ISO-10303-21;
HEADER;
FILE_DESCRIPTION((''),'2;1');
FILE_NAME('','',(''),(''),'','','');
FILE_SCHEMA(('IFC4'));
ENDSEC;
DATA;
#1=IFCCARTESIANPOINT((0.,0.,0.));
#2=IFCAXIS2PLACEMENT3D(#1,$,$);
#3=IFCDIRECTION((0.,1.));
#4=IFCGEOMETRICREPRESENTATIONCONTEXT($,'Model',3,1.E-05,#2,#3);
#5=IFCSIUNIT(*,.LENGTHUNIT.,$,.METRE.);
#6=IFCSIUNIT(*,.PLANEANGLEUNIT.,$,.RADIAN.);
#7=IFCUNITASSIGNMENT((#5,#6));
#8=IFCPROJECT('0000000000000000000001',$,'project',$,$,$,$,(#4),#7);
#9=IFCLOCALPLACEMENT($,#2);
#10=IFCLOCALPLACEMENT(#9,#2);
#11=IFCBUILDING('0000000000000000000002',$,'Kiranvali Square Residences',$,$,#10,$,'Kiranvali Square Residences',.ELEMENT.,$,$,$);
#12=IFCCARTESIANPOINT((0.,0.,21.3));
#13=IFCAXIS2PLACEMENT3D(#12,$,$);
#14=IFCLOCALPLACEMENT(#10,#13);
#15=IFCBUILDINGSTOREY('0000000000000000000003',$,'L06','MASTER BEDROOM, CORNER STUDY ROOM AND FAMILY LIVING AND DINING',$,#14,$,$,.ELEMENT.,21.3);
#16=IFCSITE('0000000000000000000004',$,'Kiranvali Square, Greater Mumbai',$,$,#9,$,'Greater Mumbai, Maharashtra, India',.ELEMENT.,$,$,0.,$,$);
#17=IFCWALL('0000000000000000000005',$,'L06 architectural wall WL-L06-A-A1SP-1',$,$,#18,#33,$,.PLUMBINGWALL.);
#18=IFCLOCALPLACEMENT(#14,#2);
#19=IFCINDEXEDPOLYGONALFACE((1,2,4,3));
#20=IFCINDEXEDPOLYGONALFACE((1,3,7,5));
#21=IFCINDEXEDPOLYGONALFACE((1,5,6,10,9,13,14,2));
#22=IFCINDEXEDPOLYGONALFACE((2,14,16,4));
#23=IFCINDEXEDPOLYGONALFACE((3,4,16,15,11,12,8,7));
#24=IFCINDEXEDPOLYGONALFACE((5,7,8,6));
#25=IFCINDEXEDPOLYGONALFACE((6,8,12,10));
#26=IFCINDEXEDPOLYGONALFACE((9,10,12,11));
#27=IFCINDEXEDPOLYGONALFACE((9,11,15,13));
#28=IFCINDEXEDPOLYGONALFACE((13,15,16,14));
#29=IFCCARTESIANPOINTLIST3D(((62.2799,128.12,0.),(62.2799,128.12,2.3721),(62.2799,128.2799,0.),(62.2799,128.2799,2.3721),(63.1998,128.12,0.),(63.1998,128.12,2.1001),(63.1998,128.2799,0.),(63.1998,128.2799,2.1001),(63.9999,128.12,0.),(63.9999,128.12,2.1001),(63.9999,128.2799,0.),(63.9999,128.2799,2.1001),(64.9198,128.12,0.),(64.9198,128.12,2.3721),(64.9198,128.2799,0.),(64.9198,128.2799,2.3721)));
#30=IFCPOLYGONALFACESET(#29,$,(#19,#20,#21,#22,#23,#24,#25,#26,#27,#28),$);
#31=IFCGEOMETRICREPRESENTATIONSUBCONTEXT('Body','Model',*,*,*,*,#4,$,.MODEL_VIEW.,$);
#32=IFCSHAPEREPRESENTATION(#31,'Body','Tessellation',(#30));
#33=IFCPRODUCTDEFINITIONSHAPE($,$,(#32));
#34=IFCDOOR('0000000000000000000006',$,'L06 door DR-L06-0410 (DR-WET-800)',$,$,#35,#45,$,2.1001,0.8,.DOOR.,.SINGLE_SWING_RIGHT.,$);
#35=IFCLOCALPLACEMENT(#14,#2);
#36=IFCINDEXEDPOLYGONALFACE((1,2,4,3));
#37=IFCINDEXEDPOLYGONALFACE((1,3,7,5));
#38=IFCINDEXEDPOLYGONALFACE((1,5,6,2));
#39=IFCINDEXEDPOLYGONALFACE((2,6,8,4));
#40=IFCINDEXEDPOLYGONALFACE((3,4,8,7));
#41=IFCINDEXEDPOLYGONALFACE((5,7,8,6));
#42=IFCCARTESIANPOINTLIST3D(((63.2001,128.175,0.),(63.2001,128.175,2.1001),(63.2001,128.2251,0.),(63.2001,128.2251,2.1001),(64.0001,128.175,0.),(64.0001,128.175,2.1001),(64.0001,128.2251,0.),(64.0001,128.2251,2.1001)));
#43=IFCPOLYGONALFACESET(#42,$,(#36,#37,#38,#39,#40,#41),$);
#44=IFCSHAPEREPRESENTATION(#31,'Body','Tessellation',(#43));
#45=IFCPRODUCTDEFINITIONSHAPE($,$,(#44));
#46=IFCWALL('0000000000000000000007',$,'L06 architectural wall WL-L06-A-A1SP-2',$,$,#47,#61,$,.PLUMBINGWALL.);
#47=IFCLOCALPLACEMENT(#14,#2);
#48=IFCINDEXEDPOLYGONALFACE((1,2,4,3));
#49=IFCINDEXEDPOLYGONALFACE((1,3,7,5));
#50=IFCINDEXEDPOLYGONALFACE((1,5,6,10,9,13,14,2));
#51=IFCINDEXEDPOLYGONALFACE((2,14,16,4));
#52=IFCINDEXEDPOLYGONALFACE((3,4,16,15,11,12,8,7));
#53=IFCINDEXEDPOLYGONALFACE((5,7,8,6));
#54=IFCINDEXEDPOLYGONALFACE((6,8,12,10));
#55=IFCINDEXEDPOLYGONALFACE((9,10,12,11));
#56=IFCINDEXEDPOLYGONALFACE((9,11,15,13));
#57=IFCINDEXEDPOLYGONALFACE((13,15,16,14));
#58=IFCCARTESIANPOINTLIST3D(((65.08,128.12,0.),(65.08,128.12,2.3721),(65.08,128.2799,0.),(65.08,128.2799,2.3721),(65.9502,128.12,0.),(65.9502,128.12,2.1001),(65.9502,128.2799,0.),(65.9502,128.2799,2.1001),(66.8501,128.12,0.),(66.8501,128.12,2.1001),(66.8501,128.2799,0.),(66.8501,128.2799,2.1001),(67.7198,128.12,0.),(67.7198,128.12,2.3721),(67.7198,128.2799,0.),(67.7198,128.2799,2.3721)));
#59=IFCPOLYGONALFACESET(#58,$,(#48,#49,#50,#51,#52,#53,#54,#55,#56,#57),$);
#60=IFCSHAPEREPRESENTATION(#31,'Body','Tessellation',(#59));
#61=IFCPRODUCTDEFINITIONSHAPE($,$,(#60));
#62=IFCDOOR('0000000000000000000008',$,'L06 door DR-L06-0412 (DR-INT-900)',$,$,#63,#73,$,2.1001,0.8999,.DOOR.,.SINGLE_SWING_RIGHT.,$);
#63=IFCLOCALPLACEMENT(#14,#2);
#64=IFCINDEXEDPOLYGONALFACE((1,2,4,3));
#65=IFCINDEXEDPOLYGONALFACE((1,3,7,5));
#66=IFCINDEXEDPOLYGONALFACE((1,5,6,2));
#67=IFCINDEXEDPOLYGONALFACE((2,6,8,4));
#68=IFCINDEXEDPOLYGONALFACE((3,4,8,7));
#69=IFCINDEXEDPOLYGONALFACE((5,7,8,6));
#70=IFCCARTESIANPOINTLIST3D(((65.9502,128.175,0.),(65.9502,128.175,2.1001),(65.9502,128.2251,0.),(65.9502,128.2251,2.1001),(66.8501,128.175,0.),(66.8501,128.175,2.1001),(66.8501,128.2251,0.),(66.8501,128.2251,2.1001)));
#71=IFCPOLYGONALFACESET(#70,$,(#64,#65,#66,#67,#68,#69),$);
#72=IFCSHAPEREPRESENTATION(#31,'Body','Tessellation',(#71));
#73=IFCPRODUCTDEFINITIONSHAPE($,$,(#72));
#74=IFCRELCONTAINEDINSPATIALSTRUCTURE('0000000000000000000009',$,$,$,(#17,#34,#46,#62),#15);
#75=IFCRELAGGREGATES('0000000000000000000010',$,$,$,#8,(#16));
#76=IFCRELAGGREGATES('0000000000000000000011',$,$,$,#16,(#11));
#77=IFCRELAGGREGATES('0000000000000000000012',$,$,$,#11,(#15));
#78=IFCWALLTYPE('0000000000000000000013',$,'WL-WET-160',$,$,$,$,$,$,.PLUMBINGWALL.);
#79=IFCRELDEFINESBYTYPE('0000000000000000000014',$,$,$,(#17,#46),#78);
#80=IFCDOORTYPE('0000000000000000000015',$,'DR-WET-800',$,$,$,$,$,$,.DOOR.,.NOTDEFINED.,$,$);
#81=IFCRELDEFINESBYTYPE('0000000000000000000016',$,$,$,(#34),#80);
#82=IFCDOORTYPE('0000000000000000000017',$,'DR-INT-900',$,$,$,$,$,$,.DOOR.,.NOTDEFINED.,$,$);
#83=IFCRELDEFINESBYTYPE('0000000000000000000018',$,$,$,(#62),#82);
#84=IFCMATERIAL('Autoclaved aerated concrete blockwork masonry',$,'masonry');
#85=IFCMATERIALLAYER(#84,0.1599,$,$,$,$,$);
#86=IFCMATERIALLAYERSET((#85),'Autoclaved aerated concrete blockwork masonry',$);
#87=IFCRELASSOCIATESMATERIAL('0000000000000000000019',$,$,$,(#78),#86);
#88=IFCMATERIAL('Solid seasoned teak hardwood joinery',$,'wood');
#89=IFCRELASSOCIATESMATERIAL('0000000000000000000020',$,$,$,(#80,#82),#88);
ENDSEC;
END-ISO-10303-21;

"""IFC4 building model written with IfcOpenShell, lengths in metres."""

from ifc_helpers import new_model, si_unit, direction, frame, frame_2d, origin, place, context, subcontext, project, spatial, rectangle, extrude, material, layer, layer_set, type_object, element, fill, save


model = new_model("IFC4")

# Units and contexts
model_context = context("Model", 3, precision=1e-05, world=origin(), true_north=direction((0.0, 1.0)))
body_context = subcontext(model_context, "Body", "Model", "MODEL_VIEW")
ifc_project = project(units=[si_unit("LENGTHUNIT", "METRE"), si_unit("PLANEANGLEUNIT", "RADIAN")], contexts=[model_context])

# Site, building, storey
site_placement = place(None, origin())
site = spatial("IfcSite", under=ifc_project, at=site_placement, Name="Kiranvali Square, Greater Mumbai", LongName="Greater Mumbai, Maharashtra, India", CompositionType="ELEMENT", RefElevation=0.0)
building_placement = place(site_placement, origin())
building = spatial("IfcBuilding", under=site, at=building_placement, Name="Kiranvali Square Residences", LongName="Kiranvali Square Residences", CompositionType="ELEMENT")
storey_placement = place(building_placement, frame((0.0, 0.0, 21.3)))
storey = spatial("IfcBuildingStorey", under=building, at=storey_placement, Name="L06", Description="MASTER BEDROOM, CORNER STUDY ROOM AND FAMILY LIVING AND DINING", CompositionType="ELEMENT", Elevation=21.3)

# Walls, openings, doors
ifc_material_1 = material(Name="Autoclaved aerated concrete blockwork masonry", Category="masonry")
ifc_layer = layer(ifc_material_1, 0.1599)
ifc_layer_set = layer_set([ifc_layer], Name="Autoclaved aerated concrete blockwork masonry")
wall_type = type_object("IfcWallType", Name="WL-WET-160", PredefinedType="PLUMBINGWALL", material=ifc_layer_set)
wall_1_placement = place(storey_placement, frame((62.28, 128.2, 0.0), z_axis=(0.0, 0.0, 1.0), x_axis=(1.0, 0.0, 0.0)))
wall_1 = element("IfcWall", 1, at=wall_1_placement, inside=storey, type_object=wall_type, Name="L06 architectural wall WL-L06-A-A1SP-1", PredefinedType="PLUMBINGWALL", context=body_context, shape_type="SweptSolid", body=[
    extrude(rectangle(XDim=2.6399, YDim=0.1599, at=frame_2d((1.3198, 0.0))), origin(), (0.0, 0.0, 1.0), 2.3721),
])
opening_1_placement = place(wall_1_placement, frame((0.9199, 0.0, 0.0)))
opening_1 = element("IfcOpeningElement", 2, at=opening_1_placement, cuts=wall_1, PredefinedType="OPENING", context=body_context, shape_type="SweptSolid", body=[
    extrude(rectangle(XDim=0.8, YDim=2.1001, at=frame_2d((0.3999, 1.05))), frame((0.0, 0.0898, 0.0), z_axis=(0.0, -1.0, 0.0), x_axis=(1.0, 0.0, 0.0)), (0.0, 0.0, 1.0), 0.1799),
])
ifc_material_2 = material(Name="Solid seasoned teak hardwood joinery", Category="wood")
door_type_1 = type_object("IfcDoorType", Name="DR-WET-800", OperationType="NOTDEFINED", PredefinedType="DOOR", material=ifc_material_2)
door_1_placement = place(opening_1_placement, frame((0.8, 0.0, 0.0), z_axis=(0.0, 0.0, 1.0), x_axis=(-1.0, 0.0, 0.0)))
door_1 = element("IfcDoor", 3, at=door_1_placement, inside=storey, type_object=door_type_1, Name="L06 door DR-L06-0410 (DR-WET-800)", OperationType="SINGLE_SWING_RIGHT", OverallHeight=2.1001, OverallWidth=0.8, PredefinedType="DOOR", context=body_context, shape_type="SweptSolid", body=[
    extrude(rectangle(XDim=0.8, YDim=2.1001, at=frame_2d((0.3999, 1.05))), frame((0.0, 0.0249, 0.0), z_axis=(0.0, -1.0, 0.0), x_axis=(1.0, 0.0, 0.0)), (0.0, 0.0, 1.0), 0.05),
])
fill(opening_1, door_1)
wall_2_placement = place(storey_placement, frame((65.0801, 128.2, 0.0), z_axis=(0.0, 0.0, 1.0), x_axis=(1.0, 0.0, 0.0)))
wall_2 = element("IfcWall", 4, at=wall_2_placement, inside=storey, type_object=wall_type, Name="L06 architectural wall WL-L06-A-A1SP-2", PredefinedType="PLUMBINGWALL", context=body_context, shape_type="SweptSolid", body=[
    extrude(rectangle(XDim=2.6399, YDim=0.1599, at=frame_2d((1.3198, 0.0))), origin(), (0.0, 0.0, 1.0), 2.3721),
])
opening_2_placement = place(wall_2_placement, frame((0.8701, 0.0, 0.0)))
opening_2 = element("IfcOpeningElement", 5, at=opening_2_placement, cuts=wall_2, PredefinedType="OPENING", context=body_context, shape_type="SweptSolid", body=[
    extrude(rectangle(XDim=0.8999, YDim=2.1001, at=frame_2d((0.45, 1.05))), frame((0.0, 0.0898, 0.0), z_axis=(0.0, -1.0, 0.0), x_axis=(1.0, 0.0, 0.0)), (0.0, 0.0, 1.0), 0.1799),
])
door_type_2 = type_object("IfcDoorType", Name="DR-INT-900", OperationType="NOTDEFINED", PredefinedType="DOOR", material=ifc_material_2)
door_2_placement = place(opening_2_placement, frame((0.8999, 0.0, 0.0), z_axis=(0.0, 0.0, 1.0), x_axis=(-1.0, 0.0, 0.0)))
door_2 = element("IfcDoor", 6, at=door_2_placement, inside=storey, type_object=door_type_2, Name="L06 door DR-L06-0412 (DR-INT-900)", OperationType="SINGLE_SWING_RIGHT", OverallHeight=2.1001, OverallWidth=0.8999, PredefinedType="DOOR", context=body_context, shape_type="SweptSolid", body=[
    extrude(rectangle(XDim=0.8999, YDim=2.1001, at=frame_2d((0.45, 1.05))), frame((0.0, 0.0249, 0.0), z_axis=(0.0, -1.0, 0.0), x_axis=(1.0, 0.0, 0.0)), (0.0, 0.0, 1.0), 0.05),
])
fill(opening_2, door_2)

save(model, "model.ifc")
